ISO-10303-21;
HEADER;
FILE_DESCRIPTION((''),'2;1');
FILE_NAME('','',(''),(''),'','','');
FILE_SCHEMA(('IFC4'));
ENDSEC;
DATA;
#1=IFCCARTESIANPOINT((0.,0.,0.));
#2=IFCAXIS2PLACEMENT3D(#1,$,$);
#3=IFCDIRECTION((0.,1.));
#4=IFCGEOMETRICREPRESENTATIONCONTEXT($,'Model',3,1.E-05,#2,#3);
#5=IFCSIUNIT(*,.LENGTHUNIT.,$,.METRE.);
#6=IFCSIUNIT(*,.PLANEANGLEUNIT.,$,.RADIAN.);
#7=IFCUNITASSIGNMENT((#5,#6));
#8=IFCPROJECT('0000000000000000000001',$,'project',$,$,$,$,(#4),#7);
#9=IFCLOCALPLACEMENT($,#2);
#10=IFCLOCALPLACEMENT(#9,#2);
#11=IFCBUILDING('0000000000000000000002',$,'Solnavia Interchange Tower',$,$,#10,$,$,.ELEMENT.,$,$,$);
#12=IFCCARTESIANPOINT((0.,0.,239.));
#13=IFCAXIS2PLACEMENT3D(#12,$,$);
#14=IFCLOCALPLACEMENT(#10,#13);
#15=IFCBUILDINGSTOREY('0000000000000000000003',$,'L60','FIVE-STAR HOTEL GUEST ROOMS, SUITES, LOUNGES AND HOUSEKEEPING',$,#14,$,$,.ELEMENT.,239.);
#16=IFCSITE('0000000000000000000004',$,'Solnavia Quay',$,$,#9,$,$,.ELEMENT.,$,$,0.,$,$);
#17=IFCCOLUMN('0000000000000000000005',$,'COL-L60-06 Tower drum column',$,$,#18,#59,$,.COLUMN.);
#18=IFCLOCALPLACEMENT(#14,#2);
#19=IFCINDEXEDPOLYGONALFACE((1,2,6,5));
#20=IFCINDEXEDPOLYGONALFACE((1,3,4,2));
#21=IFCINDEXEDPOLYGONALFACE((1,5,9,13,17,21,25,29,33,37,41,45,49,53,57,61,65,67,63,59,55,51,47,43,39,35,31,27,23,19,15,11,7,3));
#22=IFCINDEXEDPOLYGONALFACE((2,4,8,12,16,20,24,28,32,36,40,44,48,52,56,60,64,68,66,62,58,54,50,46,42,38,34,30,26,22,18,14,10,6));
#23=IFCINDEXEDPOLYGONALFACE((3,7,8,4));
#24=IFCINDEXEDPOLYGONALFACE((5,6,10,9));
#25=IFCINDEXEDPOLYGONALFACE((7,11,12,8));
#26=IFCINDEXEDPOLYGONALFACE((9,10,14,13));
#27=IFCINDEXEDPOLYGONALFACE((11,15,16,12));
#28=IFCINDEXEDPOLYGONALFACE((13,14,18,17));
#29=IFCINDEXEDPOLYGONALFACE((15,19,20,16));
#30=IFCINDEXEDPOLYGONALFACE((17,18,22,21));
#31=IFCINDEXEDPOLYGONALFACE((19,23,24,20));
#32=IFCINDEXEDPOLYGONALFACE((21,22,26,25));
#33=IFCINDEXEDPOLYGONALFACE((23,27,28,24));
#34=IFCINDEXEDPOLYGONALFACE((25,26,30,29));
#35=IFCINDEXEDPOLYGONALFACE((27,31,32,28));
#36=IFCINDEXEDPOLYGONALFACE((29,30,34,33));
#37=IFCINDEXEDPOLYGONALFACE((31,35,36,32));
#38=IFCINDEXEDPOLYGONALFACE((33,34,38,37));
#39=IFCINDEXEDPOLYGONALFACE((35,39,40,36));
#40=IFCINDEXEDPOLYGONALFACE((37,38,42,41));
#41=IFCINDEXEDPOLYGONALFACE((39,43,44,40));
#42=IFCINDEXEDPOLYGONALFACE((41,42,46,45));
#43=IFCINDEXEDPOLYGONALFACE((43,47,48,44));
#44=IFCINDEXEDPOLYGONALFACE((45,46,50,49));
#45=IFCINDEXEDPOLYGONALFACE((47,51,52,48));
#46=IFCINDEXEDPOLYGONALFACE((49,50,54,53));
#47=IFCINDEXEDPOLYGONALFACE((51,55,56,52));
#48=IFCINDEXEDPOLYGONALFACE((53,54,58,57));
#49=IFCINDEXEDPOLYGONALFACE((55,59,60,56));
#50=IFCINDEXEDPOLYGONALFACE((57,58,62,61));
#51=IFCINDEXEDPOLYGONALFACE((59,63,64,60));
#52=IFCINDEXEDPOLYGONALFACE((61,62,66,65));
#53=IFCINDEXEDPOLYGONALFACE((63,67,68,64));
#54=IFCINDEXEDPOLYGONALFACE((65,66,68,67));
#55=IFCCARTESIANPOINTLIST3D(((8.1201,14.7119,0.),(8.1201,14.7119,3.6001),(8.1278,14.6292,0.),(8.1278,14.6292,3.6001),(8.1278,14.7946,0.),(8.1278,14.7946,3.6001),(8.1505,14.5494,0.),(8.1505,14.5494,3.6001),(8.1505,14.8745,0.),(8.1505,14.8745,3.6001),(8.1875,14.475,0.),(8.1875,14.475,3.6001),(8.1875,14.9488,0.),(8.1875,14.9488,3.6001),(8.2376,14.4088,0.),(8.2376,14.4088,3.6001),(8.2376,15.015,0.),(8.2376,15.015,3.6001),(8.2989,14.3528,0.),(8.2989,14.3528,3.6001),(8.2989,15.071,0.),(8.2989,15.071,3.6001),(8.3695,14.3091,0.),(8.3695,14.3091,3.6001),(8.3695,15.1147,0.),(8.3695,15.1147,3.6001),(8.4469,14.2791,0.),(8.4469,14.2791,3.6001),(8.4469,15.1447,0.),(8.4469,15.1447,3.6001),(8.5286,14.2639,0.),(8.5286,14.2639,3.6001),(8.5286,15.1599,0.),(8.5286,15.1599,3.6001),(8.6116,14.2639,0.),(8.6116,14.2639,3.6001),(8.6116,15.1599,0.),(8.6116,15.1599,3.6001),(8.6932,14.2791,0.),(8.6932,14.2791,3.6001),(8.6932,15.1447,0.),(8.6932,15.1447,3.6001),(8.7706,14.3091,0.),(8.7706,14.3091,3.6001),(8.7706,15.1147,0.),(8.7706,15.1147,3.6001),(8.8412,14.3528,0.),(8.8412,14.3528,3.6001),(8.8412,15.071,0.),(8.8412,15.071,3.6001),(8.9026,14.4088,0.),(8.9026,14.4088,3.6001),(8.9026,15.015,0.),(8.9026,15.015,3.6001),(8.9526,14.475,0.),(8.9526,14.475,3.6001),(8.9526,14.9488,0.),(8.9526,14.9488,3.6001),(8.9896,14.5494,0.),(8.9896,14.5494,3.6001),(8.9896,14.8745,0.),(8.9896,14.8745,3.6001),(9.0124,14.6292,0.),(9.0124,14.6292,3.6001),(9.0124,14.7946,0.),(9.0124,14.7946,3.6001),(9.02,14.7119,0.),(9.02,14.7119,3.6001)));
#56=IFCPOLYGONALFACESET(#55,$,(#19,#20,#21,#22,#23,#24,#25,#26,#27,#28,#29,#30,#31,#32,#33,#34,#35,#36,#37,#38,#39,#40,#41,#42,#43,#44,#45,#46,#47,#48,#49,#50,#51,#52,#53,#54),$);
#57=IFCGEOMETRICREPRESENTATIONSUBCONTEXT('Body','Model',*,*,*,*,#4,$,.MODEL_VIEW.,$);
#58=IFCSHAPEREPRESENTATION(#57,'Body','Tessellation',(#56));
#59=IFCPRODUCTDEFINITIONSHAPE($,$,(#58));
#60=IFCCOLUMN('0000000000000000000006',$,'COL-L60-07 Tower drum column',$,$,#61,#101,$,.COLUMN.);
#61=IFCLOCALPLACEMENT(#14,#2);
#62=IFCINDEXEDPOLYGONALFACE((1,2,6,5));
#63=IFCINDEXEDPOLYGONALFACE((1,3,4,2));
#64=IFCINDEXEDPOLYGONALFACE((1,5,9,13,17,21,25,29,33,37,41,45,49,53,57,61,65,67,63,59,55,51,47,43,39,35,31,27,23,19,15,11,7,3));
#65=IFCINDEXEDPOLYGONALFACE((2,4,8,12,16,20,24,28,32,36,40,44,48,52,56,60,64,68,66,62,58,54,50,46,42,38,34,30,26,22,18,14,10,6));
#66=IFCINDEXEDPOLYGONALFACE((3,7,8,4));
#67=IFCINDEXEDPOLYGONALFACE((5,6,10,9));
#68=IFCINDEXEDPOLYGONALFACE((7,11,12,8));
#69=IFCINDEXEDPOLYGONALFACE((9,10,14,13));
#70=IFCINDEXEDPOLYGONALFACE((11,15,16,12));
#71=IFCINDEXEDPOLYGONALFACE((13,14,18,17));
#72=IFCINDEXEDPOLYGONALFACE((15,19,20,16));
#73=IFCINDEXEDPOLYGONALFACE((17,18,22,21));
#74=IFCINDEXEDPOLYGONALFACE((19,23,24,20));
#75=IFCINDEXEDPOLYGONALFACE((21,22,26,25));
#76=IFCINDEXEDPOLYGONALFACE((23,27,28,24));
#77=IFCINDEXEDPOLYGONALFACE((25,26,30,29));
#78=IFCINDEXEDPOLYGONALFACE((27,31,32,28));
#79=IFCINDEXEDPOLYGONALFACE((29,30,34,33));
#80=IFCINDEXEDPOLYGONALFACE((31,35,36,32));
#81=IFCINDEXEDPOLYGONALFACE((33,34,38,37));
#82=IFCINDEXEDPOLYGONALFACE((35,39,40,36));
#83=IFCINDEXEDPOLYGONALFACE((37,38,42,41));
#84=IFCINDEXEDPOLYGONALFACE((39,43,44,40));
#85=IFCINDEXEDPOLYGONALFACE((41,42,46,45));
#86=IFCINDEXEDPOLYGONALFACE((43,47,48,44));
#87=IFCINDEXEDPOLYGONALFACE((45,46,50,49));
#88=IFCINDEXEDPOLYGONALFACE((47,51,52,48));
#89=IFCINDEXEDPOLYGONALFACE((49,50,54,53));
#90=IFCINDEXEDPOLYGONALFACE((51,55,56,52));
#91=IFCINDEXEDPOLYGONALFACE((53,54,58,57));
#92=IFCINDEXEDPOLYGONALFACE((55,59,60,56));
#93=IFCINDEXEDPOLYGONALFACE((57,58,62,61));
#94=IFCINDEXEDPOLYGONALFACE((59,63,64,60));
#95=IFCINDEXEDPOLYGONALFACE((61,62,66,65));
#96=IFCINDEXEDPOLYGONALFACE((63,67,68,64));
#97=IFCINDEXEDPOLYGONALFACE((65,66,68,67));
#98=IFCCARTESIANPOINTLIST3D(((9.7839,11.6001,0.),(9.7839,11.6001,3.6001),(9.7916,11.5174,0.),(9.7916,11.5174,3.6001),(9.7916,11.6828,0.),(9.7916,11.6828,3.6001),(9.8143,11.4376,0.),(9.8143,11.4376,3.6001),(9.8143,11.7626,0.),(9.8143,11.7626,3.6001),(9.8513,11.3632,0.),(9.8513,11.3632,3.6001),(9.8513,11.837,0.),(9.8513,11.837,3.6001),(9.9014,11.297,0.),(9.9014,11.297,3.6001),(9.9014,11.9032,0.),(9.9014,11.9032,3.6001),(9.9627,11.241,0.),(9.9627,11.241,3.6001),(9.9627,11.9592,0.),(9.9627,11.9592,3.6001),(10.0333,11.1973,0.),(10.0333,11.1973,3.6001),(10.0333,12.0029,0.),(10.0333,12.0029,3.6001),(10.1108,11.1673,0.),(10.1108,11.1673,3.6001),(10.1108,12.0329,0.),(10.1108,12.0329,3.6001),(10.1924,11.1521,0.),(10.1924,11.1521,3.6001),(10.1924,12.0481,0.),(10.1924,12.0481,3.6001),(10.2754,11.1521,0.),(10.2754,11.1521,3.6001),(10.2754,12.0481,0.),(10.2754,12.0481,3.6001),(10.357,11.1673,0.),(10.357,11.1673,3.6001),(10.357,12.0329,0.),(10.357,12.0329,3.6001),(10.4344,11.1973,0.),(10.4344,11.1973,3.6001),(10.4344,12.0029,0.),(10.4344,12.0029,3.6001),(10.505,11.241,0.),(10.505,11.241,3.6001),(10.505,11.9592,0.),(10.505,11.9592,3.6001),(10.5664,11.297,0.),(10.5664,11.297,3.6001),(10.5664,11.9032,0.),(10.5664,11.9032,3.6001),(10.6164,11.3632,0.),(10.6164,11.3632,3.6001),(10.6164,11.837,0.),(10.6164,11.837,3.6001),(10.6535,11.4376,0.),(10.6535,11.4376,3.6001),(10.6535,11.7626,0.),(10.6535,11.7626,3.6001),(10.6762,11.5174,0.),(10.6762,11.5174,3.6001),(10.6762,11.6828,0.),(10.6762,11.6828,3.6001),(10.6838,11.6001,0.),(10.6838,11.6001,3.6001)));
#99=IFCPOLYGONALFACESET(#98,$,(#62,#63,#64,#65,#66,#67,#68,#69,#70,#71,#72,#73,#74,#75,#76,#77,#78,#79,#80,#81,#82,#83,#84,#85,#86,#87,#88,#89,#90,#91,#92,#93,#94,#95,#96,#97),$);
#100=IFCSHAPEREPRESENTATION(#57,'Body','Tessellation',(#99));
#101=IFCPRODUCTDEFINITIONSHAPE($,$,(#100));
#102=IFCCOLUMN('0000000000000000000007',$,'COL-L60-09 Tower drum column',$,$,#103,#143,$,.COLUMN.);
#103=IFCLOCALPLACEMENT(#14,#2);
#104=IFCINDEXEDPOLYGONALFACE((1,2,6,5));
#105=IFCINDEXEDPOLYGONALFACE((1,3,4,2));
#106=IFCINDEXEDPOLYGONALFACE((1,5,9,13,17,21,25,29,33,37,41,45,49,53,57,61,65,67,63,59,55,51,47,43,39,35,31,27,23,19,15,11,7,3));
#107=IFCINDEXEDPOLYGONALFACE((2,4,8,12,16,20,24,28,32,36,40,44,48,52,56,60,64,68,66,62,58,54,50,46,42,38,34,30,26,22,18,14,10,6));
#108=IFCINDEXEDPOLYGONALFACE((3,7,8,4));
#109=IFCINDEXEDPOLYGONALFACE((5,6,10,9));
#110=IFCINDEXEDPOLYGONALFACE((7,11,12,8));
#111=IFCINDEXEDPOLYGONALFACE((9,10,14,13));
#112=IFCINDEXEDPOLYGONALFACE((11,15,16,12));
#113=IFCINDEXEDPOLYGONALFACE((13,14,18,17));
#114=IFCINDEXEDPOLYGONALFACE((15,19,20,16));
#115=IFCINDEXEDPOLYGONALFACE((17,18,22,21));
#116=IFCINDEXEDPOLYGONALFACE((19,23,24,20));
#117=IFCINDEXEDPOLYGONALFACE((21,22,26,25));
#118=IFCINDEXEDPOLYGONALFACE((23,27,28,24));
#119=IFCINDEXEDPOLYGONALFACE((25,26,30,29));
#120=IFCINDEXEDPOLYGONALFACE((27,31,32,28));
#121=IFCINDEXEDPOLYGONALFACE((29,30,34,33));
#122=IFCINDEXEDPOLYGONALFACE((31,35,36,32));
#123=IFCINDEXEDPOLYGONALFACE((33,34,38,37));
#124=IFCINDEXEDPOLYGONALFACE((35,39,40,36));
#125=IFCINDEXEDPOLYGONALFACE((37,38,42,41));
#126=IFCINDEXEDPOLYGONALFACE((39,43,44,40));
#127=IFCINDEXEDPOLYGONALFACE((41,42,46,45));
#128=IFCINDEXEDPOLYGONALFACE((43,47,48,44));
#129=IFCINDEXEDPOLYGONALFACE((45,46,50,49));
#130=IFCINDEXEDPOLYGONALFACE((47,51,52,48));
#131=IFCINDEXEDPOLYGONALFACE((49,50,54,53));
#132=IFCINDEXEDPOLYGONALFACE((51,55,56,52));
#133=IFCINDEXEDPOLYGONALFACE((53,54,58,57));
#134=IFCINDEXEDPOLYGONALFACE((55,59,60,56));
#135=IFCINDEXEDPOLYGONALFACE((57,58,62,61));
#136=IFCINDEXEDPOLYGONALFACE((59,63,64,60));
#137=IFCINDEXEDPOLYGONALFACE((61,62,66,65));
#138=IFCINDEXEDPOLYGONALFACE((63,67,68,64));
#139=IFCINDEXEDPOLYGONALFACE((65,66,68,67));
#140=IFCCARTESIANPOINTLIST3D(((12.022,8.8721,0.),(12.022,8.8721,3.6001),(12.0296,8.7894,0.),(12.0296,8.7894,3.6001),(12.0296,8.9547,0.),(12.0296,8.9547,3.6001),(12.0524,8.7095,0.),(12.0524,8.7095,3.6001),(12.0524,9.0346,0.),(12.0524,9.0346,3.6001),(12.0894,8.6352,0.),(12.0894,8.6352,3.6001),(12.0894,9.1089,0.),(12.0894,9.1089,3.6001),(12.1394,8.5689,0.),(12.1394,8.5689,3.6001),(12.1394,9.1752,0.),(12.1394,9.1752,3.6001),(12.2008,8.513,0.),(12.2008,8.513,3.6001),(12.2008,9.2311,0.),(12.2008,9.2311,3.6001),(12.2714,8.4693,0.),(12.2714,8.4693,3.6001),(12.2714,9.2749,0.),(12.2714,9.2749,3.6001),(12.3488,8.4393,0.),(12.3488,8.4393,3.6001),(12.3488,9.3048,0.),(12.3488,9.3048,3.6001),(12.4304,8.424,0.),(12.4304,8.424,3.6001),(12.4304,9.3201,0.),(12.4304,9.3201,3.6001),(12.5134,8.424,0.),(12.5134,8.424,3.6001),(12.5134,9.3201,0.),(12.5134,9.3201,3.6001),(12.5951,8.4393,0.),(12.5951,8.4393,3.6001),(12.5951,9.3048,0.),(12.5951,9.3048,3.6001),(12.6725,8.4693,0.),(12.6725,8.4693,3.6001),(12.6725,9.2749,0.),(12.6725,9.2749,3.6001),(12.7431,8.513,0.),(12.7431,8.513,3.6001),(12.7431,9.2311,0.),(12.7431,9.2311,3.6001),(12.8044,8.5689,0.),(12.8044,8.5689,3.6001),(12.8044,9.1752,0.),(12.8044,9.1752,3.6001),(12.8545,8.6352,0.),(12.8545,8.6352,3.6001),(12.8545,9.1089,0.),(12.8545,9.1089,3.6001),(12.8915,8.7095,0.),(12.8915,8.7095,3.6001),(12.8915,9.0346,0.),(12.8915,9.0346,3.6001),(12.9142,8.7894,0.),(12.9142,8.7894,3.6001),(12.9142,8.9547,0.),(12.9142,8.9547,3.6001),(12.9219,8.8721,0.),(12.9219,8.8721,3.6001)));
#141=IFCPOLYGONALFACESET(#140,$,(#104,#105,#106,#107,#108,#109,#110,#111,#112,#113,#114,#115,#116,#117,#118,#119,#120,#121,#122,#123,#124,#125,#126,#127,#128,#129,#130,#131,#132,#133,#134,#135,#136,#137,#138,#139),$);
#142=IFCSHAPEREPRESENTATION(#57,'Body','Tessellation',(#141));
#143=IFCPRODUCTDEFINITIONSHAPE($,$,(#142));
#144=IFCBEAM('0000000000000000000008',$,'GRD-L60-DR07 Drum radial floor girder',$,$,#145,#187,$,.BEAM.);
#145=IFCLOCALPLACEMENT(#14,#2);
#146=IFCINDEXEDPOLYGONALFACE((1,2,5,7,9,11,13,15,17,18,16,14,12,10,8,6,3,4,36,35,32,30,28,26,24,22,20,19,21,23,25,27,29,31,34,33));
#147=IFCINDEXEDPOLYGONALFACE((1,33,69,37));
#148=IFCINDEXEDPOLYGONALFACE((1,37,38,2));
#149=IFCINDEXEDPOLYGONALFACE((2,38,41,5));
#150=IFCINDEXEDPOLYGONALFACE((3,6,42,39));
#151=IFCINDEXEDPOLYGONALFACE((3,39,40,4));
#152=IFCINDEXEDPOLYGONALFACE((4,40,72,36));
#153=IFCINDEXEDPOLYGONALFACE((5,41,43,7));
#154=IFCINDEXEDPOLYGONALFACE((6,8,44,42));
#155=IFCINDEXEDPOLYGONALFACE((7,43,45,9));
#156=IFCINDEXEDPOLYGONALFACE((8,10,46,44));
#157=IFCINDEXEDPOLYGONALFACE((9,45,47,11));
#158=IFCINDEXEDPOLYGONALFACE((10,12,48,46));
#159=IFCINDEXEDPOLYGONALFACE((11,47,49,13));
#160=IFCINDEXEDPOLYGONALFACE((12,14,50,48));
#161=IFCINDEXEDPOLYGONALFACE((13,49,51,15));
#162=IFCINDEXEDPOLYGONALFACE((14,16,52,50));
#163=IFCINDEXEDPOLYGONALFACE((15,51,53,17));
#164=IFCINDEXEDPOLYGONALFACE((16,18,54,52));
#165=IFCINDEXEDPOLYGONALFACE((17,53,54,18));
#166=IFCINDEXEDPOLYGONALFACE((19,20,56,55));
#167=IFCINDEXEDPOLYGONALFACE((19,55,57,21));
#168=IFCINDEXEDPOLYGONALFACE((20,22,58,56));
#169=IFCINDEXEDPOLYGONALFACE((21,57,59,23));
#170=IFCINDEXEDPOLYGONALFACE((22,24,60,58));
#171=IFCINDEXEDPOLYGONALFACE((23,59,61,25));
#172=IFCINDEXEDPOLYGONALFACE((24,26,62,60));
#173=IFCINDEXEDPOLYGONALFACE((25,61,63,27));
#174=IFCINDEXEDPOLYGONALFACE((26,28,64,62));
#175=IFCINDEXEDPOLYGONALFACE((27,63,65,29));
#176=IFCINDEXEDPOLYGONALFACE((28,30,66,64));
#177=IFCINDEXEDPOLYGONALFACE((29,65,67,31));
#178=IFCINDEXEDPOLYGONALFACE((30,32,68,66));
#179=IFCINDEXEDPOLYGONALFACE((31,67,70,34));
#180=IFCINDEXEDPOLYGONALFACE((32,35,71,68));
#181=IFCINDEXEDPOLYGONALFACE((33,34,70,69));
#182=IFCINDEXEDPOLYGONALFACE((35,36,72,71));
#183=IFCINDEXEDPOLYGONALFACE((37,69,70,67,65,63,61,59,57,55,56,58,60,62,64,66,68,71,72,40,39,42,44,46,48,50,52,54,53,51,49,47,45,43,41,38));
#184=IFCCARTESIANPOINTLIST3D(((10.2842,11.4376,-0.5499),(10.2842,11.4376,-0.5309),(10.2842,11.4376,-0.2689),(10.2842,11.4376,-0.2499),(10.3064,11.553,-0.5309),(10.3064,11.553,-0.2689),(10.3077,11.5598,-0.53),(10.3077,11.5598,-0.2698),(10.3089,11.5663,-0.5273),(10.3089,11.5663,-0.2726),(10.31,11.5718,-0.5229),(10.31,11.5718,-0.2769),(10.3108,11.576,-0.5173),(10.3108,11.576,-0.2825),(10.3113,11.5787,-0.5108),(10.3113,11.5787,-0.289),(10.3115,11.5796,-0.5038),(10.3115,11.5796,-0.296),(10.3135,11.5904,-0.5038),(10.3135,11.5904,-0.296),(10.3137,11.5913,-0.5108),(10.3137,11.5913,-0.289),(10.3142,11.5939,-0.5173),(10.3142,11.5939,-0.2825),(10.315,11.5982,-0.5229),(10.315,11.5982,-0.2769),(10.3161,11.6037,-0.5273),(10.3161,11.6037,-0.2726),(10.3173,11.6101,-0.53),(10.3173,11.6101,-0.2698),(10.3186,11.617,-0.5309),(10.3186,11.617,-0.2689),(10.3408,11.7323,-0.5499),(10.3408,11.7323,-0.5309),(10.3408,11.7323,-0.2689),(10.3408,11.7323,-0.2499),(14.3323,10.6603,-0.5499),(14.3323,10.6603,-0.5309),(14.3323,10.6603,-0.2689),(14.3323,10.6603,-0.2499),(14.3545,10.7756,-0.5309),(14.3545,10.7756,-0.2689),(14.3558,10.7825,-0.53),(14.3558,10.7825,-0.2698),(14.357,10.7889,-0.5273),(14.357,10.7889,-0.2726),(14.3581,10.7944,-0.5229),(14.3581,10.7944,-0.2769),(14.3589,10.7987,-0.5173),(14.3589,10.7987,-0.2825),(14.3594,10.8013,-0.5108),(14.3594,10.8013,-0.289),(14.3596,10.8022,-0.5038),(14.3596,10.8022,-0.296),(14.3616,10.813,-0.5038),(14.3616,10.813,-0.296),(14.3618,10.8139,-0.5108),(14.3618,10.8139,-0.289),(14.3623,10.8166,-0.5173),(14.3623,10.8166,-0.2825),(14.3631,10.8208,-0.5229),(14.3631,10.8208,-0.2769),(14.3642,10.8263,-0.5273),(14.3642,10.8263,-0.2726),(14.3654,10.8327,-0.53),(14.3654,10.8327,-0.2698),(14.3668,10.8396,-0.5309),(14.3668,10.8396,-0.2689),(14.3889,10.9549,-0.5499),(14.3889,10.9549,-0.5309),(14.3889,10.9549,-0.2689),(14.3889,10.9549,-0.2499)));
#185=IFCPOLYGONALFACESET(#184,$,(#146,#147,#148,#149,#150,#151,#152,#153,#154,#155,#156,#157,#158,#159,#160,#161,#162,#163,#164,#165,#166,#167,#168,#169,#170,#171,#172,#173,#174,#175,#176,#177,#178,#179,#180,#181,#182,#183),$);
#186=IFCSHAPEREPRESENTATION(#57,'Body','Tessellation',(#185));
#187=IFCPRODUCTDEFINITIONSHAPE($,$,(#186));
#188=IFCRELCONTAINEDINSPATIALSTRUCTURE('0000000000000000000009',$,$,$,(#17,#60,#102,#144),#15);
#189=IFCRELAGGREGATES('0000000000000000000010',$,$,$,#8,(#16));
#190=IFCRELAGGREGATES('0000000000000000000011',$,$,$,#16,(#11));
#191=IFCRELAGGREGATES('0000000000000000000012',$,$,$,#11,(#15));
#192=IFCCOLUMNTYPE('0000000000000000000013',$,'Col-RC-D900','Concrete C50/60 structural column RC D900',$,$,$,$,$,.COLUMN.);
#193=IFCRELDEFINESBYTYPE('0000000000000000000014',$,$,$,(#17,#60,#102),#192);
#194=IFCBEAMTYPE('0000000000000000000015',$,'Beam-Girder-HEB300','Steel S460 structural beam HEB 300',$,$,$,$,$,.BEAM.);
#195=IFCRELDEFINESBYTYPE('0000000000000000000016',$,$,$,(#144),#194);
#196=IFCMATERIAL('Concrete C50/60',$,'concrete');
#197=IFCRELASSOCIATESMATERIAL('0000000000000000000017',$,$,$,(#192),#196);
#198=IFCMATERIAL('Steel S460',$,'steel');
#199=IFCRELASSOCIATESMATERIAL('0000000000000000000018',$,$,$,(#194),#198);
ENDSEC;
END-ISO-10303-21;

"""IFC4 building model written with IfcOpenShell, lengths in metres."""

from ifc_helpers import new_model, si_unit, direction, frame, origin, origin_2d, place, context, subcontext, project, spatial, circle, i_section, extrude, material, material_profile, profile_set, type_object, element, save


model = new_model("IFC4")

# Units and contexts
model_context = context("Model", 3, precision=1e-05, world=origin(), true_north=direction((0.0, 1.0)))
body_context = subcontext(model_context, "Body", "Model", "MODEL_VIEW")
ifc_project = project(units=[si_unit("LENGTHUNIT", "METRE"), si_unit("PLANEANGLEUNIT", "RADIAN")], contexts=[model_context])

# Site, building, storey
site_placement = place(None, origin())
site = spatial("IfcSite", under=ifc_project, at=site_placement, Name="Solnavia Quay", CompositionType="ELEMENT", RefElevation=0.0)
building_placement = place(site_placement, origin())
building = spatial("IfcBuilding", under=site, at=building_placement, Name="Solnavia Interchange Tower", CompositionType="ELEMENT")
storey_placement = place(building_placement, frame((0.0, 0.0, 239.0)))
storey = spatial("IfcBuildingStorey", under=building, at=storey_placement, Name="L60", Description="FIVE-STAR HOTEL GUEST ROOMS, SUITES, LOUNGES AND HOUSEKEEPING", CompositionType="ELEMENT", Elevation=239.0)

# Columns
ifc_material_1 = material(Name="Concrete C50/60", Category="concrete")
ifc_material_profile_1 = material_profile(ifc_material_1, circle(Radius=0.45, at=origin_2d()), Name="RC D900")
ifc_profile_set_1 = profile_set([ifc_material_profile_1], Name="Concrete C50/60")
column_type = type_object("IfcColumnType", Name="Col-RC-D900", Description="Concrete C50/60 structural column RC D900", PredefinedType="COLUMN", material=ifc_profile_set_1)
for number, where, z_axis, x_axis, name in (
    (1, (8.5701, 14.7119, 0.0), (0.0, 0.0, 1.0), (1.0, 0.0, 0.0), "COL-L60-06 Tower drum column"),
    (2, (10.2339, 11.6001, 0.0), (0.0, 0.0, 1.0), (1.0, 0.0, 0.0), "COL-L60-07 Tower drum column"),
    (3, (12.4719, 8.8721, 0.0), (0.0, 0.0, 1.0), (1.0, 0.0, 0.0), "COL-L60-09 Tower drum column"),
):
    element("IfcColumn", number, at=place(storey_placement, frame(where, z_axis=z_axis, x_axis=x_axis)), inside=storey, type_object=column_type, Name=name, PredefinedType="COLUMN", context=body_context, shape_type="SweptSolid", body=[
        extrude(circle(Radius=0.45, at=origin_2d()), origin(), (0.0, 0.0, 1.0), 3.6001),
    ])

# Beam
ifc_material_2 = material(Name="Steel S460", Category="steel")
ifc_material_profile_2 = material_profile(ifc_material_2, i_section(OverallWidth=0.3, OverallDepth=0.3, WebThickness=0.011, FlangeThickness=0.019, FilletRadius=0.0271, at=origin_2d()), Name="HEB 300")
ifc_profile_set_2 = profile_set([ifc_material_profile_2], Name="Steel S460")
beam_type_1 = type_object("IfcBeamType", Name="Beam-Girder-HEB300", Description="Steel S460 structural beam HEB 300", PredefinedType="BEAM", material=ifc_profile_set_2)
beam_1_placement = place(storey_placement, frame((10.3125, 11.585, -0.3999), z_axis=(0.982058, -0.188582, 0.0), x_axis=(0.188582, 0.982058, 0.0)))
element("IfcBeam", 4, at=beam_1_placement, inside=storey, type_object=beam_type_1, Name="GRD-L60-DR07 Drum radial floor girder", PredefinedType="BEAM", context=body_context, shape_type="SweptSolid", body=[
    extrude(i_section(OverallWidth=0.3, OverallDepth=0.3, WebThickness=0.011, FlangeThickness=0.019, FilletRadius=0.0271, at=origin_2d()), origin(), (0.0, 0.0, 1.0), 4.1221),
])

save(model, "model.ifc")
